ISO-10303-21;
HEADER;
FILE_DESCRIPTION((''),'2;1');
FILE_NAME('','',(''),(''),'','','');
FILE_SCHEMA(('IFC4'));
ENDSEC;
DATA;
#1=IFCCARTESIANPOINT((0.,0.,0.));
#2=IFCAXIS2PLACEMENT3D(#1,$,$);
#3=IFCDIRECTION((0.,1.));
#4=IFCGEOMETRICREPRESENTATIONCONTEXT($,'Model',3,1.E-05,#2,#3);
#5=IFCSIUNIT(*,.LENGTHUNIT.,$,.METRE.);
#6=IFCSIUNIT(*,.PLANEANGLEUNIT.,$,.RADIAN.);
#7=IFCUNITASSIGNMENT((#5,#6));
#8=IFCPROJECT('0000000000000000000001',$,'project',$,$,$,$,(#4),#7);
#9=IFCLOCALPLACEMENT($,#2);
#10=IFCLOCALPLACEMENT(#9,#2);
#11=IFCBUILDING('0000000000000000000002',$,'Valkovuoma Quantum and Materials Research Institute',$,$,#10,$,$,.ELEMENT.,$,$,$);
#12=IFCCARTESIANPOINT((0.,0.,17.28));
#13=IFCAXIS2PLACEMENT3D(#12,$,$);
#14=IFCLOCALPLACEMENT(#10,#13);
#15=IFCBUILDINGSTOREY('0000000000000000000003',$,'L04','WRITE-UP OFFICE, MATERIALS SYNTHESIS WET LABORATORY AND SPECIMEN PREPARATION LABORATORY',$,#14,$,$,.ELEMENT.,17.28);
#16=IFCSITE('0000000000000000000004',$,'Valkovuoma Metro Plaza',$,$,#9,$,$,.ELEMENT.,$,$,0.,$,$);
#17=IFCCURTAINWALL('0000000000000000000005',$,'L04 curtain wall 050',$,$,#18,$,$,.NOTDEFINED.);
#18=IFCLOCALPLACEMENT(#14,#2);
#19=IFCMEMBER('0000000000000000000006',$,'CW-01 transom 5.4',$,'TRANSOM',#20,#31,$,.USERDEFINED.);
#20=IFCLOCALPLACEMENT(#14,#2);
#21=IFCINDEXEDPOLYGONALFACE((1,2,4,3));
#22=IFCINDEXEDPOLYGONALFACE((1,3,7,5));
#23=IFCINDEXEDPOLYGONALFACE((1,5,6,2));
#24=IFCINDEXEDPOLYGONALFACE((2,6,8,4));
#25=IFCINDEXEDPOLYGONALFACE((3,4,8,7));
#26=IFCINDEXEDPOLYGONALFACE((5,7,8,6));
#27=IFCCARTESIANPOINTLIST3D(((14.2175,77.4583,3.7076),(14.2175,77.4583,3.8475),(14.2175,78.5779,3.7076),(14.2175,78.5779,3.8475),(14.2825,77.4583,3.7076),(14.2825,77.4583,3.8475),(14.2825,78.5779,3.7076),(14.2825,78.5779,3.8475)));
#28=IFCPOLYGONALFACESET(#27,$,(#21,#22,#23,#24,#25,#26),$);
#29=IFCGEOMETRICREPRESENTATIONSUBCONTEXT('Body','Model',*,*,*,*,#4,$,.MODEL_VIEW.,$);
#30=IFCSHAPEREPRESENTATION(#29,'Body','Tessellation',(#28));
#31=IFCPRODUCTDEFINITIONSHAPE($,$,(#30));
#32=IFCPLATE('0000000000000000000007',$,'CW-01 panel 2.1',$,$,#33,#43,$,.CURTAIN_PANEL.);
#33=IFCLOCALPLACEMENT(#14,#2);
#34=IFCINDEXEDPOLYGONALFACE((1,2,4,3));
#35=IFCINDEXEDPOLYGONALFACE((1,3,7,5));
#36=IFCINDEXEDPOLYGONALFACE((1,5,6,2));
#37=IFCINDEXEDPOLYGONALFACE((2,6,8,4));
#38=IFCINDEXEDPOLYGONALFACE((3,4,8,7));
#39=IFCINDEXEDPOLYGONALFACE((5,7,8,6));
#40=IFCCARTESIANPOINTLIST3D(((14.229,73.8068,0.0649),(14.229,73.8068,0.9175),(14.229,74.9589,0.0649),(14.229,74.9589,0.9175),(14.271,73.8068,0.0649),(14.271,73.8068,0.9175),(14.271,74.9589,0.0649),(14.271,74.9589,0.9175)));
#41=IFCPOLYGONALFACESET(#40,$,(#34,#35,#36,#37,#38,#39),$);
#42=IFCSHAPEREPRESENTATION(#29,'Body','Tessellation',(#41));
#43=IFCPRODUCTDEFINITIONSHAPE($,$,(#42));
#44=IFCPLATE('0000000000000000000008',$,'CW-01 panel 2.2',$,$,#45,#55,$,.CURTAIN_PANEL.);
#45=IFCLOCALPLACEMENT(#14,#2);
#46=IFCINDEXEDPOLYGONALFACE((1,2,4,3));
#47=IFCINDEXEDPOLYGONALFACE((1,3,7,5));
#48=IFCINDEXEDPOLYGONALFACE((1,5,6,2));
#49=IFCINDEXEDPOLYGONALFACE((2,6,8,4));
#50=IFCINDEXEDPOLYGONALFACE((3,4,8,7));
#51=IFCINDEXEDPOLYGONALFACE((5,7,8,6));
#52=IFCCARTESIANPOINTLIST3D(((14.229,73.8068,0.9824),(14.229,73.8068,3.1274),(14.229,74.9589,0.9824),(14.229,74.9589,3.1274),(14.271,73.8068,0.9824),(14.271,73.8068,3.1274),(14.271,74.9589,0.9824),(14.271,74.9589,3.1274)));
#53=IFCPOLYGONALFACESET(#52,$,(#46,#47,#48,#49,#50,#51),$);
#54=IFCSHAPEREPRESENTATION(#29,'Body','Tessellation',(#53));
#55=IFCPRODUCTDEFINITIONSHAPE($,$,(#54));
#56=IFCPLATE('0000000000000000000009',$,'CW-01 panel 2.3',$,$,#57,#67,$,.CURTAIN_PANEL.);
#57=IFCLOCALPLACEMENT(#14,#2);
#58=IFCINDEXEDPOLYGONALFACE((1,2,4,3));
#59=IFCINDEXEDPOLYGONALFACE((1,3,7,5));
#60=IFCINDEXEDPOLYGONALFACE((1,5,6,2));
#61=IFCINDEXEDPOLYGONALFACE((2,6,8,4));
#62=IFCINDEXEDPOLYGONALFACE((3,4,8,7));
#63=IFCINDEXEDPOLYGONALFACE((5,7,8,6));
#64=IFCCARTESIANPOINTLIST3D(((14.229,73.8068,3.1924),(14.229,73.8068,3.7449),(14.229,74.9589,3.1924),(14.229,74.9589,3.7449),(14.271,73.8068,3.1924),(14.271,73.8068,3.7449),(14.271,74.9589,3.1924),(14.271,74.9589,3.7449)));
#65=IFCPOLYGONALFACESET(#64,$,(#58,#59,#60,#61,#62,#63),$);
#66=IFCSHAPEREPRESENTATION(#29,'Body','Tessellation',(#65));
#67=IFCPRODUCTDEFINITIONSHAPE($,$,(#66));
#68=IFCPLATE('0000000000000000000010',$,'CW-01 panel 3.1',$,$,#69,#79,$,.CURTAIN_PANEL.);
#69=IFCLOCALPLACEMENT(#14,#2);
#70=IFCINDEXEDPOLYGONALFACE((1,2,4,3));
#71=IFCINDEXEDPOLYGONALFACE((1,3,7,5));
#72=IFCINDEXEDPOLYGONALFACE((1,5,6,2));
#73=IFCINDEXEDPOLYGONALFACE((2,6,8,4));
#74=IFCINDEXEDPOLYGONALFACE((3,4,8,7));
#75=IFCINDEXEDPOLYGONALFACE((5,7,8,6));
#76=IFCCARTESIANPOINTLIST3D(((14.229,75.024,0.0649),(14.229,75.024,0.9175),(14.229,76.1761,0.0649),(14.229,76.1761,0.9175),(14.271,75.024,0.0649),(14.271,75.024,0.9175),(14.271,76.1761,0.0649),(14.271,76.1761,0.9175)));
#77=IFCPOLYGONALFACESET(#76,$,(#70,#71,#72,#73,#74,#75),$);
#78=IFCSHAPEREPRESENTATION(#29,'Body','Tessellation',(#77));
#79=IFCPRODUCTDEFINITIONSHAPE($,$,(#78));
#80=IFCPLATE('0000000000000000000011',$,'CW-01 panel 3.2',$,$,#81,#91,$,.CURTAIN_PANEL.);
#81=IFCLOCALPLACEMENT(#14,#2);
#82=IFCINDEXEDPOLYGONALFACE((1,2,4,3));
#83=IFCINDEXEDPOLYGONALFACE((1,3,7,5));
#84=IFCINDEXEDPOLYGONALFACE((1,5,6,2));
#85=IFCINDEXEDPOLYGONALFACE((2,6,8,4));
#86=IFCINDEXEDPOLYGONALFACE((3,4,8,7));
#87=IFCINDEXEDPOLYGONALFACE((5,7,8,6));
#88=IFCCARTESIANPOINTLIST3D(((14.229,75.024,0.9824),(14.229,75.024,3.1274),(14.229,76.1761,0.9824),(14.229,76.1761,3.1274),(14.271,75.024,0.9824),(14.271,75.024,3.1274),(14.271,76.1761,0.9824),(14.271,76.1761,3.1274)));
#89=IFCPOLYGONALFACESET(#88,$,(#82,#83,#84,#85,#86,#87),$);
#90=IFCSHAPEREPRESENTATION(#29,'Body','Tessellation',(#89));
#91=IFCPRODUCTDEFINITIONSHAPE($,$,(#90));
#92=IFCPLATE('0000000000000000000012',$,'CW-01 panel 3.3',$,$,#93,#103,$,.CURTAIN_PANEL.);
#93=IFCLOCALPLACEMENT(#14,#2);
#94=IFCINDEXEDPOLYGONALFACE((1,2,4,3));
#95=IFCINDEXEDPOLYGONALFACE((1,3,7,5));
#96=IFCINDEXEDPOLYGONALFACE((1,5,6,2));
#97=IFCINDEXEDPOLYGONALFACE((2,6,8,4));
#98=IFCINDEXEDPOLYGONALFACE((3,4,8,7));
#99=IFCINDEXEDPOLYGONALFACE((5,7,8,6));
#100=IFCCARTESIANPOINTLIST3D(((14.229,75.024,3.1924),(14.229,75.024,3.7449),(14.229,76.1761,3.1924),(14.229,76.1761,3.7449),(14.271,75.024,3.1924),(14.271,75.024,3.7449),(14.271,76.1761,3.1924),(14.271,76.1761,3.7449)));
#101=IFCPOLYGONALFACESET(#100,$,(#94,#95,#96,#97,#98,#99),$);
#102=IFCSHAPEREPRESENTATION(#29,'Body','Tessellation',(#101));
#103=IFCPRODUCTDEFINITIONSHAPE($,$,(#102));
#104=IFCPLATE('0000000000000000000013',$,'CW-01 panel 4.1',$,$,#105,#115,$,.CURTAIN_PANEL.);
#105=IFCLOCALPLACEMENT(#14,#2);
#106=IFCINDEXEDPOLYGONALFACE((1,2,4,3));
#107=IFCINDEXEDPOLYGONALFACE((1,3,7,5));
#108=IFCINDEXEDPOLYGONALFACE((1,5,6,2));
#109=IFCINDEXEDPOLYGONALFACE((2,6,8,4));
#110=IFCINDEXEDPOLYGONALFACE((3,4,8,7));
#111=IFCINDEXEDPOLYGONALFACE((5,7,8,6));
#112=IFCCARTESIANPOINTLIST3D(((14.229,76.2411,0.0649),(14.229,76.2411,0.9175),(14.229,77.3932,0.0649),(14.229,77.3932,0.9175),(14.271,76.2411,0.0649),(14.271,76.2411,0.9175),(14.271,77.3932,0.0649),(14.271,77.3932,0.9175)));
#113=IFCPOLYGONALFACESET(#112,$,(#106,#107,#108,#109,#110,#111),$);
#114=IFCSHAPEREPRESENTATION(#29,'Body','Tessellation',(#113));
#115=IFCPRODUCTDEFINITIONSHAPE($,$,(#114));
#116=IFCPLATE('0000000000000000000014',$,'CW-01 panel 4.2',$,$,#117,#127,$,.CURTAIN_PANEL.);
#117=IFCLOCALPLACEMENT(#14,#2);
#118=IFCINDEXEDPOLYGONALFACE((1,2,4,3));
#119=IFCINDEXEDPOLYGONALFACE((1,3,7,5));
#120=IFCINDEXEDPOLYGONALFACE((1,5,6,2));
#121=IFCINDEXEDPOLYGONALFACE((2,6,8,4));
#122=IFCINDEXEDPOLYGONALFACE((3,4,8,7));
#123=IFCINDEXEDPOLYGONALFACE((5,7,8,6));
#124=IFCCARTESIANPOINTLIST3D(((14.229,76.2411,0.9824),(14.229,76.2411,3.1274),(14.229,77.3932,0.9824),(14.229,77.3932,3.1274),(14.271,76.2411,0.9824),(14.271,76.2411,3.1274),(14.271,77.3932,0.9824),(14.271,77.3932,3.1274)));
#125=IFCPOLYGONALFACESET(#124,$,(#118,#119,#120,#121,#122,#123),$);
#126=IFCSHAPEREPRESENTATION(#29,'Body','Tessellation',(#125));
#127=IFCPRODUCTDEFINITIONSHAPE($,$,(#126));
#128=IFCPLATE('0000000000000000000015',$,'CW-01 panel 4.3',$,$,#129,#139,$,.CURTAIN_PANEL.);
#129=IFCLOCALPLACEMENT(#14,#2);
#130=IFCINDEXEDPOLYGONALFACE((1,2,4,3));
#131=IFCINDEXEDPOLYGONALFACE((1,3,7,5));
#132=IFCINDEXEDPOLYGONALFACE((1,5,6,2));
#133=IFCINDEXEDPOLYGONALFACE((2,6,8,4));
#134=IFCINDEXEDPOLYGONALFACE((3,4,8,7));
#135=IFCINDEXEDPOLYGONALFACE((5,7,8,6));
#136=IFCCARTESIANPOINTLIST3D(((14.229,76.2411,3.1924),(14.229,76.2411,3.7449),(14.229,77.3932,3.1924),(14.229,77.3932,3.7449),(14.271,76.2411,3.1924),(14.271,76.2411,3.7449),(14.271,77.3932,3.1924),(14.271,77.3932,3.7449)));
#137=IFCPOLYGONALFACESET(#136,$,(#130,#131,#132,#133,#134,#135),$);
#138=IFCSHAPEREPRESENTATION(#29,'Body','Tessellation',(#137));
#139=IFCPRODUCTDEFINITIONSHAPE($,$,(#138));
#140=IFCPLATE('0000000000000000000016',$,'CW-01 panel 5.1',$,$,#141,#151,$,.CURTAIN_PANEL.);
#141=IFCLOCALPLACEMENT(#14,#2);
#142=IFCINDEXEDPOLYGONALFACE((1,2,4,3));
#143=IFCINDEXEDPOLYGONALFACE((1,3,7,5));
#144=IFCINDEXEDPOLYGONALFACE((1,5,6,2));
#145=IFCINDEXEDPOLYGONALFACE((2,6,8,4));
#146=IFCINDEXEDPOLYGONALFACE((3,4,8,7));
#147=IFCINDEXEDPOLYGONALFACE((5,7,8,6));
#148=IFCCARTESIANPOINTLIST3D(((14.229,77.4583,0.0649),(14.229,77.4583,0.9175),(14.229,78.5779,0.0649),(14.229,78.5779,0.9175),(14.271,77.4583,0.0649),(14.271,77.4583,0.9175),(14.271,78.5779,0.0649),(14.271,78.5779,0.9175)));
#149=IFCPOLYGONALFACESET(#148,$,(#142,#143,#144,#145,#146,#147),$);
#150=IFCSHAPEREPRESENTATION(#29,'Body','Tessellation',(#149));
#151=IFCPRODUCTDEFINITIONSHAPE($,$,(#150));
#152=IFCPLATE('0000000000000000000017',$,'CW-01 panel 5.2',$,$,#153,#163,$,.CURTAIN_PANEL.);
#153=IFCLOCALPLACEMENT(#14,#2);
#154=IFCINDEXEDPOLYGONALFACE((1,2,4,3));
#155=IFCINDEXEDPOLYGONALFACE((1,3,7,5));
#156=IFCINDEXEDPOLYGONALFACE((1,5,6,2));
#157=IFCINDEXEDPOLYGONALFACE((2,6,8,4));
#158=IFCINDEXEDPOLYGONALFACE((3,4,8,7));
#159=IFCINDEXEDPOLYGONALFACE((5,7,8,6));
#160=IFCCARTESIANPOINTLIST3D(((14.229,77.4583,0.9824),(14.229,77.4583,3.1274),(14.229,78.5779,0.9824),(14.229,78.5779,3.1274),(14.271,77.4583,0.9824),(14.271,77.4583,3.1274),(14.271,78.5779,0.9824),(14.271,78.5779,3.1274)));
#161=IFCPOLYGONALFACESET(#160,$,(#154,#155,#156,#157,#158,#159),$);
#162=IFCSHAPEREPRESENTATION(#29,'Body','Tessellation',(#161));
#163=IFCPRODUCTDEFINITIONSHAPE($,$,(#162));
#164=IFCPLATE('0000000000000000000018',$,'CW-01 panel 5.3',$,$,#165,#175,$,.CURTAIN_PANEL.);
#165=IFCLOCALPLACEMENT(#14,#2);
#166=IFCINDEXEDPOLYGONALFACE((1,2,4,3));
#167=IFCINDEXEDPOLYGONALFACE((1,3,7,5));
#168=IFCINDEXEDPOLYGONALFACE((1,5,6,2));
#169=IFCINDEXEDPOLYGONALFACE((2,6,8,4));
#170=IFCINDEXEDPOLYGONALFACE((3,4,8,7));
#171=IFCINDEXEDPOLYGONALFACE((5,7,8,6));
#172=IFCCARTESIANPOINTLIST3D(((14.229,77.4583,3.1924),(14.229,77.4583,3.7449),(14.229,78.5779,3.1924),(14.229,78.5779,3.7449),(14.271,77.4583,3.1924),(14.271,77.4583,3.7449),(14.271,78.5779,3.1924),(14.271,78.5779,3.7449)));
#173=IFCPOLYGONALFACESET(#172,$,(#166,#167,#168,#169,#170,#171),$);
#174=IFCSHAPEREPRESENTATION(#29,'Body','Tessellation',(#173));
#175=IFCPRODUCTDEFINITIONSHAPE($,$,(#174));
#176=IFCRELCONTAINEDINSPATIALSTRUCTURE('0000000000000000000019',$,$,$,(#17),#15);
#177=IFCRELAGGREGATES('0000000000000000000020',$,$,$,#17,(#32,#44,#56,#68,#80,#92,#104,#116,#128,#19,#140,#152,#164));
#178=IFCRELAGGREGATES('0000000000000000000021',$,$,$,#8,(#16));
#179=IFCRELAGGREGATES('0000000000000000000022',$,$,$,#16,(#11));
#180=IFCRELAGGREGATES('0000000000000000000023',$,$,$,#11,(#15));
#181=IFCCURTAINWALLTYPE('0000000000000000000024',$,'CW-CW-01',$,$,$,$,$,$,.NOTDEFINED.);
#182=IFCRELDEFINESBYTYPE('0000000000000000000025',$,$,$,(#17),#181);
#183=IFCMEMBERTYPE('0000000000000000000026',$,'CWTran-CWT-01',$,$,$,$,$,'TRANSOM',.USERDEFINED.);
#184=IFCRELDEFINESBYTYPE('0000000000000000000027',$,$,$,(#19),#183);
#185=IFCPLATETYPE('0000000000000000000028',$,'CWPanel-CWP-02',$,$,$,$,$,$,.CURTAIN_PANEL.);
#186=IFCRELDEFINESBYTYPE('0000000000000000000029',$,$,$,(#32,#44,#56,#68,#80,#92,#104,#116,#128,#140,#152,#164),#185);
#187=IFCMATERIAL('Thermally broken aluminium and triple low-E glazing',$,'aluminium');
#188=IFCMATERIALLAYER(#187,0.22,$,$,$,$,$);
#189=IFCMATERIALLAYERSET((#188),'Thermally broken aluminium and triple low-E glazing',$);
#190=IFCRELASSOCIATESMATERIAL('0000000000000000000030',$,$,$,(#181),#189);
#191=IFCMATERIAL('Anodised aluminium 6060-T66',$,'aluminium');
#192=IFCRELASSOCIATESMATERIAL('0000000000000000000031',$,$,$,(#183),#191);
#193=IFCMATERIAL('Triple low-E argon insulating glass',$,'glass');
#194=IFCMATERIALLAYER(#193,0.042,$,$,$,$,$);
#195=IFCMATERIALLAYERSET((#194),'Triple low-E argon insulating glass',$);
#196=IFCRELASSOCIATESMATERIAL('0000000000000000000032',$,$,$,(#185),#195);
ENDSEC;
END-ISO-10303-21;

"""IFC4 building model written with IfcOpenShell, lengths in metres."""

from ifc_helpers import new_model, si_unit, direction, frame, origin, origin_2d, place, context, subcontext, project, spatial, rectangle, extrude, material, layer, layer_set, material_profile, profile_set, type_object, element, aggregate, save


model = new_model("IFC4")

# Units and contexts
model_context = context("Model", 3, precision=1e-05, world=origin(), true_north=direction((0.0, 1.0)))
body_context = subcontext(model_context, "Body", "Model", "MODEL_VIEW")
ifc_project = project(units=[si_unit("LENGTHUNIT", "METRE"), si_unit("PLANEANGLEUNIT", "RADIAN")], contexts=[model_context])

# Site, building, storey
site_placement = place(None, origin())
site = spatial("IfcSite", under=ifc_project, at=site_placement, Name="Valkovuoma Metro Plaza", CompositionType="ELEMENT", RefElevation=0.0)
building_placement = place(site_placement, origin())
building = spatial("IfcBuilding", under=site, at=building_placement, Name="Valkovuoma Quantum and Materials Research Institute", CompositionType="ELEMENT")
storey_placement = place(building_placement, frame((0.0, 0.0, 17.28)))
storey = spatial("IfcBuildingStorey", under=building, at=storey_placement, Name="L04", Description="WRITE-UP OFFICE, MATERIALS SYNTHESIS WET LABORATORY AND SPECIMEN PREPARATION LABORATORY", CompositionType="ELEMENT", Elevation=17.28)

# Curtain wall, member, plates
ifc_material_1 = material(Name="Thermally broken aluminium and triple low-E glazing", Category="aluminium")
ifc_layer_1 = layer(ifc_material_1, 0.22)
ifc_layer_set_1 = layer_set([ifc_layer_1], Name="Thermally broken aluminium and triple low-E glazing")
curtain_wall_type = type_object("IfcCurtainWallType", Name="CW-CW-01", PredefinedType="NOTDEFINED", material=ifc_layer_set_1)
curtain_wall_placement = place(storey_placement, origin())
curtain_wall = element("IfcCurtainWall", 1, at=curtain_wall_placement, inside=storey, type_object=curtain_wall_type, Name="L04 curtain wall 050", PredefinedType="NOTDEFINED")
ifc_material_2 = material(Name="Anodised aluminium 6060-T66", Category="aluminium")
ifc_material_profile_1 = material_profile(ifc_material_2, rectangle(XDim=0.0649, YDim=0.1399, at=origin_2d()), Name="Anodised aluminium 6060-T66")
ifc_profile_set_1 = profile_set([ifc_material_profile_1], Name="Anodised aluminium 6060-T66")
member_type_1 = type_object("IfcMemberType", Name="CWTran-CWT-01", ElementType="TRANSOM", PredefinedType="USERDEFINED", material=ifc_profile_set_1)
member_1_placement = place(storey_placement, frame((14.25, 77.4583, 3.7776), z_axis=(0.0, 1.0, 0.0), x_axis=(-1.0, 0.0, 0.0)))
member_1 = element("IfcMember", 2, at=member_1_placement, type_object=member_type_1, Name="CW-01 transom 5.4", ObjectType="TRANSOM", PredefinedType="USERDEFINED", context=body_context, shape_type="SweptSolid", body=[
    extrude(rectangle(XDim=0.0649, YDim=0.1399, at=origin_2d()), origin(), (0.0, 0.0, 1.0), 1.1196),
])
ifc_material_3 = material(Name="Triple low-E argon insulating glass", Category="glass")
ifc_layer_2 = layer(ifc_material_3, 0.042)
ifc_layer_set_2 = layer_set([ifc_layer_2], Name="Triple low-E argon insulating glass")
plate_type = type_object("IfcPlateType", Name="CWPanel-CWP-02", PredefinedType="CURTAIN_PANEL", material=ifc_layer_set_2)
plate_1_placement = place(storey_placement, frame((14.25, 74.3828, 0.0649), z_axis=(0.0, 0.0, 1.0), x_axis=(0.0, 1.0, 0.0)))
plate_1 = element("IfcPlate", 3, at=plate_1_placement, type_object=plate_type, Name="CW-01 panel 2.1", PredefinedType="CURTAIN_PANEL", context=body_context, shape_type="SweptSolid", body=[
    extrude(rectangle(XDim=1.1521, YDim=0.042, at=origin_2d()), origin(), (0.0, 0.0, 1.0), 0.8525),
])
plate_2_placement = place(storey_placement, frame((14.25, 74.3828, 0.9824), z_axis=(0.0, 0.0, 1.0), x_axis=(0.0, 1.0, 0.0)))
plate_2 = element("IfcPlate", 4, at=plate_2_placement, type_object=plate_type, Name="CW-01 panel 2.2", PredefinedType="CURTAIN_PANEL", context=body_context, shape_type="SweptSolid", body=[
    extrude(rectangle(XDim=1.1521, YDim=0.042, at=origin_2d()), origin(), (0.0, 0.0, 1.0), 2.145),
])
plate_3_placement = place(storey_placement, frame((14.25, 74.3828, 3.1924), z_axis=(0.0, 0.0, 1.0), x_axis=(0.0, 1.0, 0.0)))
plate_3 = element("IfcPlate", 5, at=plate_3_placement, type_object=plate_type, Name="CW-01 panel 2.3", PredefinedType="CURTAIN_PANEL", context=body_context, shape_type="SweptSolid", body=[
    extrude(rectangle(XDim=1.1521, YDim=0.042, at=origin_2d()), origin(), (0.0, 0.0, 1.0), 0.5525),
])
plate_4_placement = place(storey_placement, frame((14.25, 75.6001, 0.0649), z_axis=(0.0, 0.0, 1.0), x_axis=(0.0, 1.0, 0.0)))
plate_4 = element("IfcPlate", 6, at=plate_4_placement, type_object=plate_type, Name="CW-01 panel 3.1", PredefinedType="CURTAIN_PANEL", context=body_context, shape_type="SweptSolid", body=[
    extrude(rectangle(XDim=1.1521, YDim=0.042, at=origin_2d()), origin(), (0.0, 0.0, 1.0), 0.8525),
])
plate_5_placement = place(storey_placement, frame((14.25, 75.6001, 0.9824), z_axis=(0.0, 0.0, 1.0), x_axis=(0.0, 1.0, 0.0)))
plate_5 = element("IfcPlate", 7, at=plate_5_placement, type_object=plate_type, Name="CW-01 panel 3.2", PredefinedType="CURTAIN_PANEL", context=body_context, shape_type="SweptSolid", body=[
    extrude(rectangle(XDim=1.1521, YDim=0.042, at=origin_2d()), origin(), (0.0, 0.0, 1.0), 2.145),
])
plate_6_placement = place(storey_placement, frame((14.25, 75.6001, 3.1924), z_axis=(0.0, 0.0, 1.0), x_axis=(0.0, 1.0, 0.0)))
plate_6 = element("IfcPlate", 8, at=plate_6_placement, type_object=plate_type, Name="CW-01 panel 3.3", PredefinedType="CURTAIN_PANEL", context=body_context, shape_type="SweptSolid", body=[
    extrude(rectangle(XDim=1.1521, YDim=0.042, at=origin_2d()), origin(), (0.0, 0.0, 1.0), 0.5525),
])
plate_7_placement = place(storey_placement, frame((14.25, 76.8171, 0.0649), z_axis=(0.0, 0.0, 1.0), x_axis=(0.0, 1.0, 0.0)))
plate_7 = element("IfcPlate", 9, at=plate_7_placement, type_object=plate_type, Name="CW-01 panel 4.1", PredefinedType="CURTAIN_PANEL", context=body_context, shape_type="SweptSolid", body=[
    extrude(rectangle(XDim=1.1521, YDim=0.042, at=origin_2d()), origin(), (0.0, 0.0, 1.0), 0.8525),
])
plate_8_placement = place(storey_placement, frame((14.25, 76.8171, 0.9824), z_axis=(0.0, 0.0, 1.0), x_axis=(0.0, 1.0, 0.0)))
plate_8 = element("IfcPlate", 10, at=plate_8_placement, type_object=plate_type, Name="CW-01 panel 4.2", PredefinedType="CURTAIN_PANEL", context=body_context, shape_type="SweptSolid", body=[
    extrude(rectangle(XDim=1.1521, YDim=0.042, at=origin_2d()), origin(), (0.0, 0.0, 1.0), 2.145),
])
plate_9_placement = place(storey_placement, frame((14.25, 76.8171, 3.1924), z_axis=(0.0, 0.0, 1.0), x_axis=(0.0, 1.0, 0.0)))
plate_9 = element("IfcPlate", 11, at=plate_9_placement, type_object=plate_type, Name="CW-01 panel 4.3", PredefinedType="CURTAIN_PANEL", context=body_context, shape_type="SweptSolid", body=[
    extrude(rectangle(XDim=1.1521, YDim=0.042, at=origin_2d()), origin(), (0.0, 0.0, 1.0), 0.5525),
])
plate_10_placement = place(storey_placement, frame((14.25, 78.0181, 0.0649), z_axis=(0.0, 0.0, 1.0), x_axis=(0.0, 1.0, 0.0)))
plate_10 = element("IfcPlate", 12, at=plate_10_placement, type_object=plate_type, Name="CW-01 panel 5.1", PredefinedType="CURTAIN_PANEL", context=body_context, shape_type="SweptSolid", body=[
    extrude(rectangle(XDim=1.1196, YDim=0.042, at=origin_2d()), origin(), (0.0, 0.0, 1.0), 0.8525),
])
plate_11_placement = place(storey_placement, frame((14.25, 78.0181, 0.9824), z_axis=(0.0, 0.0, 1.0), x_axis=(0.0, 1.0, 0.0)))
plate_11 = element("IfcPlate", 13, at=plate_11_placement, type_object=plate_type, Name="CW-01 panel 5.2", PredefinedType="CURTAIN_PANEL", context=body_context, shape_type="SweptSolid", body=[
    extrude(rectangle(XDim=1.1196, YDim=0.042, at=origin_2d()), origin(), (0.0, 0.0, 1.0), 2.145),
])
plate_12_placement = place(storey_placement, frame((14.25, 78.0181, 3.1924), z_axis=(0.0, 0.0, 1.0), x_axis=(0.0, 1.0, 0.0)))
plate_12 = element("IfcPlate", 14, at=plate_12_placement, type_object=plate_type, Name="CW-01 panel 5.3", PredefinedType="CURTAIN_PANEL", context=body_context, shape_type="SweptSolid", body=[
    extrude(rectangle(XDim=1.1196, YDim=0.042, at=origin_2d()), origin(), (0.0, 0.0, 1.0), 0.5525),
])
aggregate(curtain_wall, [plate_1, plate_2, plate_3, plate_4, plate_5, plate_6, plate_7, plate_8, plate_9, member_1, plate_10, plate_11, plate_12])

save(model, "model.ifc")
